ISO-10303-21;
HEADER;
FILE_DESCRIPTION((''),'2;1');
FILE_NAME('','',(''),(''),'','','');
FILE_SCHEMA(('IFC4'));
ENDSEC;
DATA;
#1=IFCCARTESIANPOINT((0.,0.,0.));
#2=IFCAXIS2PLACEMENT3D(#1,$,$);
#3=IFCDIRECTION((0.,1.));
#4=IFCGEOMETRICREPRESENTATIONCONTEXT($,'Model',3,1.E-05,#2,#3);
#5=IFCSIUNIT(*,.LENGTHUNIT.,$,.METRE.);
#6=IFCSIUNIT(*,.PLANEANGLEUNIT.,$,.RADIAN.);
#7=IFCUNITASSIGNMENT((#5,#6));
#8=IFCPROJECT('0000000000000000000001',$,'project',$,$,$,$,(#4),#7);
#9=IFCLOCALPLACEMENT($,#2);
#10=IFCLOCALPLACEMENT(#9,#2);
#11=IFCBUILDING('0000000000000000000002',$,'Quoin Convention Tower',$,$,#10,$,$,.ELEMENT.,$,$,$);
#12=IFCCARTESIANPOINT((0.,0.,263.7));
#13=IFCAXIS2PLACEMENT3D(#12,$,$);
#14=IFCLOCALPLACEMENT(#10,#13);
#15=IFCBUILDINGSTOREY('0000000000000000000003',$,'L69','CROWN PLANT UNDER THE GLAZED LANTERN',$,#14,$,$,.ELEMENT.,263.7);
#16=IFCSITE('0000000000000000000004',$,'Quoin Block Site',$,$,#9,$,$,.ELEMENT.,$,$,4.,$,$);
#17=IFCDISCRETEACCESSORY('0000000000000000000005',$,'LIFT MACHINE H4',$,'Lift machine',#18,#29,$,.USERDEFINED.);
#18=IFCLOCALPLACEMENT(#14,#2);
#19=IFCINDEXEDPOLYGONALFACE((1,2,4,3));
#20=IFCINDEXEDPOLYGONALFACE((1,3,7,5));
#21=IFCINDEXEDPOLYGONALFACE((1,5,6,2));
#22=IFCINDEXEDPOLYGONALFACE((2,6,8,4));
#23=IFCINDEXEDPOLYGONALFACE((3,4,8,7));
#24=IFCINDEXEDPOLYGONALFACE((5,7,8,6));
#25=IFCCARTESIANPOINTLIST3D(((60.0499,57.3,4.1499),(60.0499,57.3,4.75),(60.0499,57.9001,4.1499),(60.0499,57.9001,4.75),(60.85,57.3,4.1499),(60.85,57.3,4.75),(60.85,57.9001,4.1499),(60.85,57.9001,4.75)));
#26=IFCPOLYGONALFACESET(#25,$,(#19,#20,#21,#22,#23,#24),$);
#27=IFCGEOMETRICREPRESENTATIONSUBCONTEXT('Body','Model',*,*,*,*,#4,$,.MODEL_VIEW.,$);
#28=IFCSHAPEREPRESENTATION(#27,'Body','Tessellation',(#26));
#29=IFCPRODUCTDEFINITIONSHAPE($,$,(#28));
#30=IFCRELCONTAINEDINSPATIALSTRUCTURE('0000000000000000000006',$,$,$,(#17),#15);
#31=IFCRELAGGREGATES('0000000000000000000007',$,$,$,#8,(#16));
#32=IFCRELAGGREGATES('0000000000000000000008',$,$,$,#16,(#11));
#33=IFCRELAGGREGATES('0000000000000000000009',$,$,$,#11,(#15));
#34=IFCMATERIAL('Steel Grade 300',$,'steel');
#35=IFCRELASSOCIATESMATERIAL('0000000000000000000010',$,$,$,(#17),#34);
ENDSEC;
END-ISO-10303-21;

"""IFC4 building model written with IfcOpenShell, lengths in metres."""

from ifc_helpers import new_model, si_unit, direction, frame, origin, origin_2d, place, context, subcontext, project, spatial, rectangle, extrude, material, element, save


model = new_model("IFC4")

# Units and contexts
model_context = context("Model", 3, precision=1e-05, world=origin(), true_north=direction((0.0, 1.0)))
body_context = subcontext(model_context, "Body", "Model", "MODEL_VIEW")
ifc_project = project(units=[si_unit("LENGTHUNIT", "METRE"), si_unit("PLANEANGLEUNIT", "RADIAN")], contexts=[model_context])

# Site, building, storey
site_placement = place(None, origin())
site = spatial("IfcSite", under=ifc_project, at=site_placement, Name="Quoin Block Site", CompositionType="ELEMENT", RefElevation=4.0)
building_placement = place(site_placement, origin())
building = spatial("IfcBuilding", under=site, at=building_placement, Name="Quoin Convention Tower", CompositionType="ELEMENT")
storey_placement = place(building_placement, frame((0.0, 0.0, 263.7)))
storey = spatial("IfcBuildingStorey", under=building, at=storey_placement, Name="L69", Description="CROWN PLANT UNDER THE GLAZED LANTERN", CompositionType="ELEMENT", Elevation=263.7)

# Shared definitions
ifc_material_1 = material(Name="Steel Grade 300", Category="steel")

# Discrete accessory
for number, where, z_axis, x_axis, name in (
    (1, (60.45, 57.6001, 4.1499), (0.0, 0.0, 1.0), (1.0, 0.0, 0.0), "LIFT MACHINE H4"),
):
    element("IfcDiscreteAccessory", number, at=place(storey_placement, frame(where, z_axis=z_axis, x_axis=x_axis)), inside=storey, material=ifc_material_1, Name=name, ObjectType="Lift machine", PredefinedType="USERDEFINED", context=body_context, shape_type="SweptSolid", body=[
        extrude(rectangle(XDim=0.8, YDim=0.6001, at=origin_2d()), origin(), (0.0, 0.0, 1.0), 0.6001),
    ])

save(model, "model.ifc")
